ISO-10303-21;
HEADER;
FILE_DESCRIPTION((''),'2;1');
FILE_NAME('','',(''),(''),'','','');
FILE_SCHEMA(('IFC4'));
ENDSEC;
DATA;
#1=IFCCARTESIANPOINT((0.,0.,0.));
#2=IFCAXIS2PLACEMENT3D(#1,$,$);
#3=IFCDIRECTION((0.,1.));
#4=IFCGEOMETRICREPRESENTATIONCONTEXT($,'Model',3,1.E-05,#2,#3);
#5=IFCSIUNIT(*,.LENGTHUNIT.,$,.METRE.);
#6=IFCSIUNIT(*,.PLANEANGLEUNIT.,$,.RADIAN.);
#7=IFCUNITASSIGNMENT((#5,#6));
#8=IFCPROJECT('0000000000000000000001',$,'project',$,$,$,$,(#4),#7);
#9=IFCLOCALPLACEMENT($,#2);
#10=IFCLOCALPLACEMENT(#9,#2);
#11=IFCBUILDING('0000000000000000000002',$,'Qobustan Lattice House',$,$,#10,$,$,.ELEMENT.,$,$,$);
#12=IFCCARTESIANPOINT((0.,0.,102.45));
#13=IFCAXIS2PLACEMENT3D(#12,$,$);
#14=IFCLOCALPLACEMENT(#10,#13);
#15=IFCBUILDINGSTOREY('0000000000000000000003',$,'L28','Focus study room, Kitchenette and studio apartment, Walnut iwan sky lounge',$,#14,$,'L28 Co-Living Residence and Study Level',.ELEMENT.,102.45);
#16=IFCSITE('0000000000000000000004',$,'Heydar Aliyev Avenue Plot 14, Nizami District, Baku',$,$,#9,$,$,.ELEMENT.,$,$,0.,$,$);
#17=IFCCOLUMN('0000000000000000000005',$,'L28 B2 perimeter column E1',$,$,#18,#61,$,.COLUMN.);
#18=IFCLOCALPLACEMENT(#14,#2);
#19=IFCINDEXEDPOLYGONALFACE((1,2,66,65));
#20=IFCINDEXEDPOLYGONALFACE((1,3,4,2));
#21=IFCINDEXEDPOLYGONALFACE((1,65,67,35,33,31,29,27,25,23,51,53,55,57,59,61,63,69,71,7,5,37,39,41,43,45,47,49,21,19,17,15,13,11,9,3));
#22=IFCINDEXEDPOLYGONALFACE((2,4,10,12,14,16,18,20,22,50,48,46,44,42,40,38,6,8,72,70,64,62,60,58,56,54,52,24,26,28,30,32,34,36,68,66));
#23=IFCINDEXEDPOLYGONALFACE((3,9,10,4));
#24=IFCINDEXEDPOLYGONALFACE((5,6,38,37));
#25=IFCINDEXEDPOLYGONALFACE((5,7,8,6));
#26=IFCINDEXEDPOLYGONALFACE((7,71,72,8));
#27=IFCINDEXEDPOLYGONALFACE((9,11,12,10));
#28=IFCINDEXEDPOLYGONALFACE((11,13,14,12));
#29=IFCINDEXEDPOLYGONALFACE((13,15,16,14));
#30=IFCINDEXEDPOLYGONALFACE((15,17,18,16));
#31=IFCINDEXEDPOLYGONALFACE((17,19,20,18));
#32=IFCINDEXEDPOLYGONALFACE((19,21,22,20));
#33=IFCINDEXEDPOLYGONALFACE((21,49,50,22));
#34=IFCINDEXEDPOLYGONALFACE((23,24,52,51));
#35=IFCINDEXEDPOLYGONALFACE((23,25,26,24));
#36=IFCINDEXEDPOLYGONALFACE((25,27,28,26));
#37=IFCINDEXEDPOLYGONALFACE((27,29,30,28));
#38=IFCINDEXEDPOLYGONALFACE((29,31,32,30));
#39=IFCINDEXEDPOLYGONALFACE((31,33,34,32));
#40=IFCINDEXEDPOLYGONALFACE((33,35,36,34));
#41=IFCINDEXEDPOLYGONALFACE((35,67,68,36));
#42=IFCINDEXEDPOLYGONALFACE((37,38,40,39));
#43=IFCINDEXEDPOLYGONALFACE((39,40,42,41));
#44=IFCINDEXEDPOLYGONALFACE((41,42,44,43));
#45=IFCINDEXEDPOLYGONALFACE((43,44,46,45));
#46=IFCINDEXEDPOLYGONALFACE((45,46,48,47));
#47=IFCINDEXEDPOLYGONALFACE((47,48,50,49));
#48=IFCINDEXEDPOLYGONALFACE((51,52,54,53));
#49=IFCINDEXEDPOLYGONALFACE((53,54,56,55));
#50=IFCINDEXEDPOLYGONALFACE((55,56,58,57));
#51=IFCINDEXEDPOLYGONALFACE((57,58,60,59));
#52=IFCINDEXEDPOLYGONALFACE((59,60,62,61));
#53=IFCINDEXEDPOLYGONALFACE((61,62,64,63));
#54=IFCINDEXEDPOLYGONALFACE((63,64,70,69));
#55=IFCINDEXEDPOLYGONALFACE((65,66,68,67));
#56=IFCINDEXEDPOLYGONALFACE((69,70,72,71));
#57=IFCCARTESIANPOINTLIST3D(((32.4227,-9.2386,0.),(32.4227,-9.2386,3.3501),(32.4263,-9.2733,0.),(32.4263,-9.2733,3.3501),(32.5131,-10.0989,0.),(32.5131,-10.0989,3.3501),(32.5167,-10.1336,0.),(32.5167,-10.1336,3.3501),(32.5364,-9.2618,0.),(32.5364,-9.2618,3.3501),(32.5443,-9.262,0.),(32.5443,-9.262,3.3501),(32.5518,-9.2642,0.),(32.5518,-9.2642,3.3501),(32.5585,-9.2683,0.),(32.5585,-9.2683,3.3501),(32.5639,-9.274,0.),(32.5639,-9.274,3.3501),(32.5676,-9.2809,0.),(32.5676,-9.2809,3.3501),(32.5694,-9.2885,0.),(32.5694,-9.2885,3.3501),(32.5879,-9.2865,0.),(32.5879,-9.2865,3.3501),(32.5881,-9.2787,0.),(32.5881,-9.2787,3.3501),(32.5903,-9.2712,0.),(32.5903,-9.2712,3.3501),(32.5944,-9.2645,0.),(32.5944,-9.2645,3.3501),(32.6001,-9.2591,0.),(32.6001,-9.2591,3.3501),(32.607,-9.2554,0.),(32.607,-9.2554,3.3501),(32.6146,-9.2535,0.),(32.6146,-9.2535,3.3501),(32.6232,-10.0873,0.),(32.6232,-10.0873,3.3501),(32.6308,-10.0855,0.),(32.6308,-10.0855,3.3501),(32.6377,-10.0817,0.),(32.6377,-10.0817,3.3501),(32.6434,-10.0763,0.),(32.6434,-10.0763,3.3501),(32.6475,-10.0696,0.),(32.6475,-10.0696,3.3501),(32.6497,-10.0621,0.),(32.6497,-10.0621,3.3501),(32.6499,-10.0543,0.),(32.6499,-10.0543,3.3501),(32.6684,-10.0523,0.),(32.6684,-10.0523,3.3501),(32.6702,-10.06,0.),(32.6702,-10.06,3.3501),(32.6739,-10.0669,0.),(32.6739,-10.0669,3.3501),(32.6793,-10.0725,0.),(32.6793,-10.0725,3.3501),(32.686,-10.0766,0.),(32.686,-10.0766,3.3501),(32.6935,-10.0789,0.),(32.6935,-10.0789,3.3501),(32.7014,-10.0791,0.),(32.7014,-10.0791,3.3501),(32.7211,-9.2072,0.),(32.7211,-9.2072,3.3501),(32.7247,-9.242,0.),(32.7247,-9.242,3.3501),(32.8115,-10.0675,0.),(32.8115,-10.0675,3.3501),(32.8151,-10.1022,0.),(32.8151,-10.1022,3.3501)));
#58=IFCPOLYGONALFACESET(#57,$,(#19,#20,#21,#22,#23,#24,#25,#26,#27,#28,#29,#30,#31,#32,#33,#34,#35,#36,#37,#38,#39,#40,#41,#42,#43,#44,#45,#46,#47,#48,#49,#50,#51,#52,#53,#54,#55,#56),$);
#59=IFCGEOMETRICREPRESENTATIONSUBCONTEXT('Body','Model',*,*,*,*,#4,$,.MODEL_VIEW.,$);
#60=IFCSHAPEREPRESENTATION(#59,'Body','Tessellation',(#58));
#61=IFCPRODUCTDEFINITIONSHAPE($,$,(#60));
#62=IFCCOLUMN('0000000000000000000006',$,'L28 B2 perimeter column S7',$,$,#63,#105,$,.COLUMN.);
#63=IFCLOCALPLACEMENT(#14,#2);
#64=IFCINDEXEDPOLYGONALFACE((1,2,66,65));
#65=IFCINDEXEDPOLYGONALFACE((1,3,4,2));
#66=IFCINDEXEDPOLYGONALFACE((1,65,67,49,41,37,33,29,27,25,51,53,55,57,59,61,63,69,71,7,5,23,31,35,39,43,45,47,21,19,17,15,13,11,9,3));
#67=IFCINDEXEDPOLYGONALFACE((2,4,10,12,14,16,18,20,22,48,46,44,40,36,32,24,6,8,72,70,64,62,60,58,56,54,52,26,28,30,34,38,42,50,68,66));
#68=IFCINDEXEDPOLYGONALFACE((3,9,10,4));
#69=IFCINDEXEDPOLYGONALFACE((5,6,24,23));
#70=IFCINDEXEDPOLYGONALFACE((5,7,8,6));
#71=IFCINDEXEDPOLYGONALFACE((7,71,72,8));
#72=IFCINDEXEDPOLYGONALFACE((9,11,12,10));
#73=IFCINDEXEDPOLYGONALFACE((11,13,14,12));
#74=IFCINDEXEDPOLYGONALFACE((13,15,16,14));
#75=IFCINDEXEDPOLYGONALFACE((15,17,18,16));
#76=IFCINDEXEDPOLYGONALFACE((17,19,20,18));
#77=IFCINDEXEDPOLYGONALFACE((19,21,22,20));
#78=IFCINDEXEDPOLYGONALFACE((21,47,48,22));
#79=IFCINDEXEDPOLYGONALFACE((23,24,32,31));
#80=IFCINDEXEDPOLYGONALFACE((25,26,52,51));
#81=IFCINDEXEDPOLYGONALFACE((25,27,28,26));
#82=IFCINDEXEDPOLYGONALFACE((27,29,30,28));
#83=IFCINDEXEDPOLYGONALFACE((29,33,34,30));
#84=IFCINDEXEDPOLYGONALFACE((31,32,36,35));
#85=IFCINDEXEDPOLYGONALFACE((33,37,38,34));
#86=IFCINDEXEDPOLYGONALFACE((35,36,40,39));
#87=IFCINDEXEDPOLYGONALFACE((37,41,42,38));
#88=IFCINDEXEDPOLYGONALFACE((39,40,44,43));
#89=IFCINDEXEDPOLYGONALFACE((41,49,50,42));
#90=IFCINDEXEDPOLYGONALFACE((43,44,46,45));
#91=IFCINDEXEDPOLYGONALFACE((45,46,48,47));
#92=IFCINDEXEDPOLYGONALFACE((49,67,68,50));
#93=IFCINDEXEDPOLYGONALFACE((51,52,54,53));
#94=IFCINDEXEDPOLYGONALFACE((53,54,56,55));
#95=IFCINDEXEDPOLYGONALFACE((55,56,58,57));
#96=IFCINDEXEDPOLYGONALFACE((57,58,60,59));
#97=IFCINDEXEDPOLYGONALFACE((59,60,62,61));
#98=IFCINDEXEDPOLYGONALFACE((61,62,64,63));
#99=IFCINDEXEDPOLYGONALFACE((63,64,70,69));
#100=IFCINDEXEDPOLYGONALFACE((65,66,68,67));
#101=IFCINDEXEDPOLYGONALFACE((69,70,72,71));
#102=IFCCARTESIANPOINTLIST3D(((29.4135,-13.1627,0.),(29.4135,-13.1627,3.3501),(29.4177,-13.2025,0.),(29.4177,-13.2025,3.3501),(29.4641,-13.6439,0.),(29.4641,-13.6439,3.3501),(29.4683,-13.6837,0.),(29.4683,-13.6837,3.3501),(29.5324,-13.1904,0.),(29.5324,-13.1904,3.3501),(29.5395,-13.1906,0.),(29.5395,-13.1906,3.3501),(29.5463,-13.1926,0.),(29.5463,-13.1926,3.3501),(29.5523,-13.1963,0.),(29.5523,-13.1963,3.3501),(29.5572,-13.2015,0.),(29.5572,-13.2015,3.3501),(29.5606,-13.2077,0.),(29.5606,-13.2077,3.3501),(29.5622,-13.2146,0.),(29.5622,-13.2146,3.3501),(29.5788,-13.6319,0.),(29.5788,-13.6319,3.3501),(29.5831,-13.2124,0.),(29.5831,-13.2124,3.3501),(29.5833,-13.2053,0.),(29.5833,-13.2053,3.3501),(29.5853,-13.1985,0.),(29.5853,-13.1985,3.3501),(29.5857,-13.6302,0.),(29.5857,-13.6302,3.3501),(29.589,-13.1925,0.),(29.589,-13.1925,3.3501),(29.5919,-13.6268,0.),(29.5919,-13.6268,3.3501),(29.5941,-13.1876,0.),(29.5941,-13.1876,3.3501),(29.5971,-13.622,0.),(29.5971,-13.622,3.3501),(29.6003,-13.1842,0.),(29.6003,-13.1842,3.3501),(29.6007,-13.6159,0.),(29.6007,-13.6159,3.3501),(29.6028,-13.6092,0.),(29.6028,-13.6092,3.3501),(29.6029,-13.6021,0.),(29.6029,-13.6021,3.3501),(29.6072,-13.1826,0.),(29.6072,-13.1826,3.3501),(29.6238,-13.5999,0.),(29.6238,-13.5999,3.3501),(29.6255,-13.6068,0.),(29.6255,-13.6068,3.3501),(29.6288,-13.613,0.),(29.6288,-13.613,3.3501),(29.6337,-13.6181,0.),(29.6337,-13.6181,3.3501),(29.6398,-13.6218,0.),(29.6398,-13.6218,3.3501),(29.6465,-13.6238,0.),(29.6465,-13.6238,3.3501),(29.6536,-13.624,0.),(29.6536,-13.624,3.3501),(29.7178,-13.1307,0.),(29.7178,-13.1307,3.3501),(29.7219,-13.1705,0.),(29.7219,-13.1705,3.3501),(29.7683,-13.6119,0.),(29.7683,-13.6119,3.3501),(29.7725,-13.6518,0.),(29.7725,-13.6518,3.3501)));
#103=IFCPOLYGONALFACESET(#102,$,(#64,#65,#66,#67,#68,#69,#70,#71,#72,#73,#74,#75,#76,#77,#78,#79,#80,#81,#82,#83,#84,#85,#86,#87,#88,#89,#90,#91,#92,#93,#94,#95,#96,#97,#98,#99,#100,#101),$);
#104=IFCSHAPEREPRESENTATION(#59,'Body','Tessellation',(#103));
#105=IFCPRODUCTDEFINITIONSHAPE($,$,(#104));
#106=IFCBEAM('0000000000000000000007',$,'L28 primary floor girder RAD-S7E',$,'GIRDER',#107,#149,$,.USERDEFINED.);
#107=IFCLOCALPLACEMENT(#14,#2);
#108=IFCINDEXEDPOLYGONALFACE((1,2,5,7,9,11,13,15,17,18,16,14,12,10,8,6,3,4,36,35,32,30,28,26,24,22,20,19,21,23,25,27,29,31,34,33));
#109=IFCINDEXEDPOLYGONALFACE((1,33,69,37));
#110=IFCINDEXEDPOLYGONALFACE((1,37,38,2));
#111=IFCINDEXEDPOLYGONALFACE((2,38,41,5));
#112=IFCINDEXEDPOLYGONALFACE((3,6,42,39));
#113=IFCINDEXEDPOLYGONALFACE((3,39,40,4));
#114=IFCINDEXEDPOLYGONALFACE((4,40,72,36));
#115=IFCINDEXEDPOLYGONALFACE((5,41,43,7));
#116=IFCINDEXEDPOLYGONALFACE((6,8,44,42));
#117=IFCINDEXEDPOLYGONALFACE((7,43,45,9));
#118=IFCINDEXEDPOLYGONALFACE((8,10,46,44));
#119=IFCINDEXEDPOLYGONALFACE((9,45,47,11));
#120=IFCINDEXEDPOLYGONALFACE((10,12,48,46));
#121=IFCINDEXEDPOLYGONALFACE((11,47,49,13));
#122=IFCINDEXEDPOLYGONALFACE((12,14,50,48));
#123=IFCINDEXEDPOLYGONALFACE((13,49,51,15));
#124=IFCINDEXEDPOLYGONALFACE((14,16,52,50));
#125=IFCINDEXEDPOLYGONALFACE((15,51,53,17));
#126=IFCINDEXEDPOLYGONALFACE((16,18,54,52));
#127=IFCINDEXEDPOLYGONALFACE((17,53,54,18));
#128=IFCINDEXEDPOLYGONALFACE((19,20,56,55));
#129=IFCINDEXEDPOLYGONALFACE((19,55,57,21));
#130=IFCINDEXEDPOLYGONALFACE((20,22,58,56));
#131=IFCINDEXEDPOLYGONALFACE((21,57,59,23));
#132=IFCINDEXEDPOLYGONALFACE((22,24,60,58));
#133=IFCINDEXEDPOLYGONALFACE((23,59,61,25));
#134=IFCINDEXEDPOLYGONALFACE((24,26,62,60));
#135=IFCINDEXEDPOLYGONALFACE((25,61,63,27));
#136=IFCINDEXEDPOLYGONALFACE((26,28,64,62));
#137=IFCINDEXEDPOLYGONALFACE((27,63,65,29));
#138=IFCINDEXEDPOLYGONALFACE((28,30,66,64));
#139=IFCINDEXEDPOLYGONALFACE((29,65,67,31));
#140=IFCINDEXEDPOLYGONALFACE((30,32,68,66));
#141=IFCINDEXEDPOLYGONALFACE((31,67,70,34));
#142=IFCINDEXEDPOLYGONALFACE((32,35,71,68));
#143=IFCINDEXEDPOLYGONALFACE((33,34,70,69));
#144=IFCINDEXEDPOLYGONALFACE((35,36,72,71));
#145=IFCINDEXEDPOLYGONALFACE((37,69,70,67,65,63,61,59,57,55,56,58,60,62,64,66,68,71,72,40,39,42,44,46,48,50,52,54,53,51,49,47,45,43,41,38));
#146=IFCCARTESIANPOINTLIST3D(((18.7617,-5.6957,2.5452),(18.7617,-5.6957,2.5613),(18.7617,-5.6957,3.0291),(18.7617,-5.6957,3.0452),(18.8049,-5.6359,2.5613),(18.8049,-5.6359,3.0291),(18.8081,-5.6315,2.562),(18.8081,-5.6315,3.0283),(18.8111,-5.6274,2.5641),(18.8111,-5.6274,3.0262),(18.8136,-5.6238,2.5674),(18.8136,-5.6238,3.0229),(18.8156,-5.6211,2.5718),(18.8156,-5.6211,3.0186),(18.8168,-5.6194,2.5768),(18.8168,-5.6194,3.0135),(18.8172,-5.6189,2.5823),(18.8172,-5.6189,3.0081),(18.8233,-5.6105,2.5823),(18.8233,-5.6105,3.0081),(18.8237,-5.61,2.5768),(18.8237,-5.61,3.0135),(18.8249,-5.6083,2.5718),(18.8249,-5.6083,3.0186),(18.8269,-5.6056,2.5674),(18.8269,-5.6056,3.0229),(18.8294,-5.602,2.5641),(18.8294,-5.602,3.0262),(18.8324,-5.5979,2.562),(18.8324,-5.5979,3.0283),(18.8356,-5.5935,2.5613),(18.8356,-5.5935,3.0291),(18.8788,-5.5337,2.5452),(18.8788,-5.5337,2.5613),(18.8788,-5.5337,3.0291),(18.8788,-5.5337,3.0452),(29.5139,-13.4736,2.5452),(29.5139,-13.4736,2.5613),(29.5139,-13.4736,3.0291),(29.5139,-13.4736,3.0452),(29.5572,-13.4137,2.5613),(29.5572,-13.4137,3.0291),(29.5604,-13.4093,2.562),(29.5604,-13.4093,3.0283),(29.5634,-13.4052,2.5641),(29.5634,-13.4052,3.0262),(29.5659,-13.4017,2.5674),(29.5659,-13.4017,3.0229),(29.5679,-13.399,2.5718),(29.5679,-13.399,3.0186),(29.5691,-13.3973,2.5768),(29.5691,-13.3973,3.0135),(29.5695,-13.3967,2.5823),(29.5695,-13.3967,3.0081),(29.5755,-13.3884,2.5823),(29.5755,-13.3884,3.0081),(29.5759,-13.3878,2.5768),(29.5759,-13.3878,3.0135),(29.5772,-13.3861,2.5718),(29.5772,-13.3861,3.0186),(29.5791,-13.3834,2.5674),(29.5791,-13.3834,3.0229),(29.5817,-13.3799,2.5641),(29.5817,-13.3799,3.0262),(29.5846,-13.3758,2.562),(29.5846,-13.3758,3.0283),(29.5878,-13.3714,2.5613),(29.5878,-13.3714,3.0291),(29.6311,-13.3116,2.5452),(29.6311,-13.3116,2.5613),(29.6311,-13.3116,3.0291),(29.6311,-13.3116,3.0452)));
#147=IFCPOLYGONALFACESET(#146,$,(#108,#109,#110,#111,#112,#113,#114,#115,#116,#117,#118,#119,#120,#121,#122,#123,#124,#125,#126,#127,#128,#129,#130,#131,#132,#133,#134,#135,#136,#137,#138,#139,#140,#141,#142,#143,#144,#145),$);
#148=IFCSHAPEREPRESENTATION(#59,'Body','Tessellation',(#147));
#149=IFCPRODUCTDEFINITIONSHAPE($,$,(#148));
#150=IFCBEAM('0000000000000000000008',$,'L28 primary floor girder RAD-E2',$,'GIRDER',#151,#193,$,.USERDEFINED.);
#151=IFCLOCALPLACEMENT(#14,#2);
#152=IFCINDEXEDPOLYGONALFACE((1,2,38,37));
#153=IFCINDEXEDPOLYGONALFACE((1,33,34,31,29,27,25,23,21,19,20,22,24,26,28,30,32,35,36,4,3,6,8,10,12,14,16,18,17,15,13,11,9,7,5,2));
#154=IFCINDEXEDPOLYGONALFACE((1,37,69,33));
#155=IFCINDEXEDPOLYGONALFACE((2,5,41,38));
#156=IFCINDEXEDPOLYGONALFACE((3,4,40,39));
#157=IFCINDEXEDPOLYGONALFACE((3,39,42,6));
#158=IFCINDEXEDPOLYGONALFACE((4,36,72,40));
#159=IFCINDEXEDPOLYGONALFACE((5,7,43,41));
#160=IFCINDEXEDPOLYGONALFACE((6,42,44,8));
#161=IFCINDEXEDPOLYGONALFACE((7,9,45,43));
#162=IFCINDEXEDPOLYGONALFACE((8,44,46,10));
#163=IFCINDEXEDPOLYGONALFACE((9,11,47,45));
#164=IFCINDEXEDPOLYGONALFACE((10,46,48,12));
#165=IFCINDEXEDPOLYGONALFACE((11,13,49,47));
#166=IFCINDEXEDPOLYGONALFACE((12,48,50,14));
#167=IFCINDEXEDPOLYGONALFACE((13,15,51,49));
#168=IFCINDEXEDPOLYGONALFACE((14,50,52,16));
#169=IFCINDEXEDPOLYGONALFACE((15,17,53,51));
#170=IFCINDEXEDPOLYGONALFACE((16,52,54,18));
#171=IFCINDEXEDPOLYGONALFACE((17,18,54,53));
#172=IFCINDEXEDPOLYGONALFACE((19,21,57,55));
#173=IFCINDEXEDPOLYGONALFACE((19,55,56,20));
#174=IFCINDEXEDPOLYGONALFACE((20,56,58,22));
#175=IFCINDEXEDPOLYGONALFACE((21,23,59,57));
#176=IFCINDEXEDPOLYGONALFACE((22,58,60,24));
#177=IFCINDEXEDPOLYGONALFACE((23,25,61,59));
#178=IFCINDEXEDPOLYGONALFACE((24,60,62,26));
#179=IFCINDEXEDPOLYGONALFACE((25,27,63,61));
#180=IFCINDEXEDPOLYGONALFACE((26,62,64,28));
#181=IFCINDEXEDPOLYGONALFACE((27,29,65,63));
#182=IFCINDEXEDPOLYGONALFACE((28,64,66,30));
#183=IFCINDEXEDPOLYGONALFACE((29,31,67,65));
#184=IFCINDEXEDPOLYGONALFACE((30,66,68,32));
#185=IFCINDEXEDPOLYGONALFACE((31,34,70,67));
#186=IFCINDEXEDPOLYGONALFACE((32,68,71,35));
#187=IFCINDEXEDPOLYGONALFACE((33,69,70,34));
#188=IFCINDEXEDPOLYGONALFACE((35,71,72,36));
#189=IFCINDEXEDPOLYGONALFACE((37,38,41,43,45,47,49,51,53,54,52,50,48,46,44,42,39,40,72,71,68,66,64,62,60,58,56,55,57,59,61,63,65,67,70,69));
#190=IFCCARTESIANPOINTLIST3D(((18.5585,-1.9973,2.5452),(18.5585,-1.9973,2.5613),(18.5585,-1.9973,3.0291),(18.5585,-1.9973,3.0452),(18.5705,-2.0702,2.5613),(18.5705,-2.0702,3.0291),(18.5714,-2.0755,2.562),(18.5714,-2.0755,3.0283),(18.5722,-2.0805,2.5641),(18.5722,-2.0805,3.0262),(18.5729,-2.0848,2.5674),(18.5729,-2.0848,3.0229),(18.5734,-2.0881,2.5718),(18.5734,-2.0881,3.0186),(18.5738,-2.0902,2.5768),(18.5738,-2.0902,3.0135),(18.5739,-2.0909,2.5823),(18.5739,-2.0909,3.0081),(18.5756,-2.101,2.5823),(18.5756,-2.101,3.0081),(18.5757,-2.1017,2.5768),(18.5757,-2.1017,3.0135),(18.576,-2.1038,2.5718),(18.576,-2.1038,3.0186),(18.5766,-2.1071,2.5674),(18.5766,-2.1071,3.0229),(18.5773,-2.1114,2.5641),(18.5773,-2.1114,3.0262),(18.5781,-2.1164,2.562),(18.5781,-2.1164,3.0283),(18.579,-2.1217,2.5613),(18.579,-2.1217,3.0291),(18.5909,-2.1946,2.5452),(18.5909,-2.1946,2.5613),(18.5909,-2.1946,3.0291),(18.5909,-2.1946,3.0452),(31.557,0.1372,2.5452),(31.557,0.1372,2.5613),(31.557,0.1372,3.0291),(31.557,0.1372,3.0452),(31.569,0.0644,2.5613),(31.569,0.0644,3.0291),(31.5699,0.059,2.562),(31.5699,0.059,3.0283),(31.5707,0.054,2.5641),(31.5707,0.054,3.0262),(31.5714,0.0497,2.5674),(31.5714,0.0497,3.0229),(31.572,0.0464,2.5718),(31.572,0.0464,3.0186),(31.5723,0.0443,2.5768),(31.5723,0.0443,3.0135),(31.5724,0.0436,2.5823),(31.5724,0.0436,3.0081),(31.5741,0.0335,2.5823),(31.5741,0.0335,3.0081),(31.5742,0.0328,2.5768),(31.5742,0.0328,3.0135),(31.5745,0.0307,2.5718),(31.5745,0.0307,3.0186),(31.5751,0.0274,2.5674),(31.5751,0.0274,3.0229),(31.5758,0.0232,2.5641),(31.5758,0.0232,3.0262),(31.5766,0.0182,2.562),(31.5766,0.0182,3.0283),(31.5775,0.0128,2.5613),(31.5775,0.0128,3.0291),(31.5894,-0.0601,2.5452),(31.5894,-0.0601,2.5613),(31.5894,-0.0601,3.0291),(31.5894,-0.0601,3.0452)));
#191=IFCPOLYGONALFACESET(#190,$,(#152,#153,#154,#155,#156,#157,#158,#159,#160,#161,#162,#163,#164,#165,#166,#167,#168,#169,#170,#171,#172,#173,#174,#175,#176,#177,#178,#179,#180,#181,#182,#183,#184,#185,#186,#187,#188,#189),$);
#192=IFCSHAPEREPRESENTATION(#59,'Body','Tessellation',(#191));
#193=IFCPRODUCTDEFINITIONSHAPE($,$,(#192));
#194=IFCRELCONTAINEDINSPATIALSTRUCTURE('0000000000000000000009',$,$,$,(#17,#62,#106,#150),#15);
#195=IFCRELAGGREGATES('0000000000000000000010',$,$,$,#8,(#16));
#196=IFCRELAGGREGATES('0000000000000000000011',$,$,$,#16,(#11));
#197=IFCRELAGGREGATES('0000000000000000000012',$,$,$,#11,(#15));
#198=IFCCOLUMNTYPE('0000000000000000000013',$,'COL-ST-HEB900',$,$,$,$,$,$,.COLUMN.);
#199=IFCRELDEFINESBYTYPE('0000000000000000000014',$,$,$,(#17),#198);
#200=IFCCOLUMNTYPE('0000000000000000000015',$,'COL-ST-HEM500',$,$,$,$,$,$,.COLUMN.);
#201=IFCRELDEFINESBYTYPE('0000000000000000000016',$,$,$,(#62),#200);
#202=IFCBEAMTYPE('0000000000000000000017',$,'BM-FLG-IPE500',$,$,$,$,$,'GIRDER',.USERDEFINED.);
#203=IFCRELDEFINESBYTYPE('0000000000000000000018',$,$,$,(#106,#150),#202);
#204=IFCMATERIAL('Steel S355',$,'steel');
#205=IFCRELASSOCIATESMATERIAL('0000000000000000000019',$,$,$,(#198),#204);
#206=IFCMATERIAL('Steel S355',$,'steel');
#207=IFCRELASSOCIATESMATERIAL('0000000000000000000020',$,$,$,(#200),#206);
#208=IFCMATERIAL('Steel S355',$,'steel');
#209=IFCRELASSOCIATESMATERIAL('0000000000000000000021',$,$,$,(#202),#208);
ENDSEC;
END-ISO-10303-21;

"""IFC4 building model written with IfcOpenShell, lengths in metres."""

from ifc_helpers import new_model, si_unit, direction, frame, origin, origin_2d, place, context, subcontext, project, spatial, i_section, extrude, material, material_profile, profile_set, type_object, element, save


model = new_model("IFC4")

# Units and contexts
model_context = context("Model", 3, precision=1e-05, world=origin(), true_north=direction((0.0, 1.0)))
body_context = subcontext(model_context, "Body", "Model", "MODEL_VIEW")
ifc_project = project(units=[si_unit("LENGTHUNIT", "METRE"), si_unit("PLANEANGLEUNIT", "RADIAN")], contexts=[model_context])

# Site, building, storey
site_placement = place(None, origin())
site = spatial("IfcSite", under=ifc_project, at=site_placement, Name="Heydar Aliyev Avenue Plot 14, Nizami District, Baku", CompositionType="ELEMENT", RefElevation=0.0)
building_placement = place(site_placement, origin())
building = spatial("IfcBuilding", under=site, at=building_placement, Name="Qobustan Lattice House", CompositionType="ELEMENT")
storey_placement = place(building_placement, frame((0.0, 0.0, 102.45)))
storey = spatial("IfcBuildingStorey", under=building, at=storey_placement, Name="L28", Description="Focus study room, Kitchenette and studio apartment, Walnut iwan sky lounge", LongName="L28 Co-Living Residence and Study Level", CompositionType="ELEMENT", Elevation=102.45)

# Columns
ifc_material_1 = material(Name="Steel S355", Category="steel")
ifc_material_profile_1 = material_profile(ifc_material_1, i_section(OverallWidth=0.3, OverallDepth=0.8999, WebThickness=0.0186, FlangeThickness=0.0349, FilletRadius=0.03, at=origin_2d()), Name="HEB900")
ifc_profile_set_1 = profile_set([ifc_material_profile_1], Name="Steel S355")
column_type_1 = type_object("IfcColumnType", Name="COL-ST-HEB900", PredefinedType="COLUMN", material=ifc_profile_set_1)
column_1_placement = place(storey_placement, frame((32.6189, -9.6704, 0.0), z_axis=(0.0, 0.0, 1.0), x_axis=(0.994522, 0.104528, 0.0)))
element("IfcColumn", 1, at=column_1_placement, inside=storey, type_object=column_type_1, Name="L28 B2 perimeter column E1", PredefinedType="COLUMN", context=body_context, shape_type="SweptSolid", body=[
    extrude(i_section(OverallWidth=0.3, OverallDepth=0.8999, WebThickness=0.0186, FlangeThickness=0.0349, FilletRadius=0.03, at=origin_2d()), origin(), (0.0, 0.0, 1.0), 3.3501),
])
ifc_material_2 = material(Name="Steel S355", Category="steel")
ifc_material_profile_2 = material_profile(ifc_material_2, i_section(OverallWidth=0.3059, OverallDepth=0.5239, WebThickness=0.021, FlangeThickness=0.04, FilletRadius=0.0271, at=origin_2d()), Name="HEM500")
ifc_profile_set_2 = profile_set([ifc_material_profile_2], Name="Steel S355")
column_type_2 = type_object("IfcColumnType", Name="COL-ST-HEM500", PredefinedType="COLUMN", material=ifc_profile_set_2)
column_2_placement = place(storey_placement, frame((29.593, -13.4072, 0.0), z_axis=(0.0, 0.0, 1.0), x_axis=(0.994522, 0.104528, 0.0)))
element("IfcColumn", 2, at=column_2_placement, inside=storey, type_object=column_type_2, Name="L28 B2 perimeter column S7", PredefinedType="COLUMN", context=body_context, shape_type="SweptSolid", body=[
    extrude(i_section(OverallWidth=0.3059, OverallDepth=0.5239, WebThickness=0.021, FlangeThickness=0.04, FilletRadius=0.0271, at=origin_2d()), origin(), (0.0, 0.0, 1.0), 3.3501),
])

# Beams
ifc_material_3 = material(Name="Steel S355", Category="steel")
ifc_material_profile_3 = material_profile(ifc_material_3, i_section(OverallWidth=0.2, OverallDepth=0.5, WebThickness=0.0103, FlangeThickness=0.0161, FilletRadius=0.021, at=origin_2d()), Name="IPE500")
ifc_profile_set_3 = profile_set([ifc_material_profile_3], Name="Steel S355")
beam_type_1 = type_object("IfcBeamType", Name="BM-FLG-IPE500", ElementType="GIRDER", PredefinedType="USERDEFINED", material=ifc_profile_set_3)
beam_1_placement = place(storey_placement, frame((29.5725, -13.3926, 2.7952), z_axis=(-0.810237, 0.586102, 0.0), x_axis=(-0.586102, -0.810237, 0.0)))
element("IfcBeam", 3, at=beam_1_placement, inside=storey, type_object=beam_type_1, Name="L28 primary floor girder RAD-S7E", ObjectType="GIRDER", PredefinedType="USERDEFINED", context=body_context, shape_type="SweptSolid", body=[
    extrude(i_section(OverallWidth=0.2, OverallDepth=0.5, WebThickness=0.0103, FlangeThickness=0.0161, FilletRadius=0.021, at=origin_2d()), origin(), (0.0, 0.0, 1.0), 13.2705),
])
beam_2_placement = place(storey_placement, frame((31.5732, 0.0386, 2.7952), z_axis=(-0.986784, -0.162042, 0.0), x_axis=(0.162042, -0.986784, 0.0)))
element("IfcBeam", 4, at=beam_2_placement, inside=storey, type_object=beam_type_1, Name="L28 primary floor girder RAD-E2", ObjectType="GIRDER", PredefinedType="USERDEFINED", context=body_context, shape_type="SweptSolid", body=[
    extrude(i_section(OverallWidth=0.2, OverallDepth=0.5, WebThickness=0.0103, FlangeThickness=0.0161, FilletRadius=0.021, at=origin_2d()), origin(), (0.0, 0.0, 1.0), 13.1726),
])

save(model, "model.ifc")
